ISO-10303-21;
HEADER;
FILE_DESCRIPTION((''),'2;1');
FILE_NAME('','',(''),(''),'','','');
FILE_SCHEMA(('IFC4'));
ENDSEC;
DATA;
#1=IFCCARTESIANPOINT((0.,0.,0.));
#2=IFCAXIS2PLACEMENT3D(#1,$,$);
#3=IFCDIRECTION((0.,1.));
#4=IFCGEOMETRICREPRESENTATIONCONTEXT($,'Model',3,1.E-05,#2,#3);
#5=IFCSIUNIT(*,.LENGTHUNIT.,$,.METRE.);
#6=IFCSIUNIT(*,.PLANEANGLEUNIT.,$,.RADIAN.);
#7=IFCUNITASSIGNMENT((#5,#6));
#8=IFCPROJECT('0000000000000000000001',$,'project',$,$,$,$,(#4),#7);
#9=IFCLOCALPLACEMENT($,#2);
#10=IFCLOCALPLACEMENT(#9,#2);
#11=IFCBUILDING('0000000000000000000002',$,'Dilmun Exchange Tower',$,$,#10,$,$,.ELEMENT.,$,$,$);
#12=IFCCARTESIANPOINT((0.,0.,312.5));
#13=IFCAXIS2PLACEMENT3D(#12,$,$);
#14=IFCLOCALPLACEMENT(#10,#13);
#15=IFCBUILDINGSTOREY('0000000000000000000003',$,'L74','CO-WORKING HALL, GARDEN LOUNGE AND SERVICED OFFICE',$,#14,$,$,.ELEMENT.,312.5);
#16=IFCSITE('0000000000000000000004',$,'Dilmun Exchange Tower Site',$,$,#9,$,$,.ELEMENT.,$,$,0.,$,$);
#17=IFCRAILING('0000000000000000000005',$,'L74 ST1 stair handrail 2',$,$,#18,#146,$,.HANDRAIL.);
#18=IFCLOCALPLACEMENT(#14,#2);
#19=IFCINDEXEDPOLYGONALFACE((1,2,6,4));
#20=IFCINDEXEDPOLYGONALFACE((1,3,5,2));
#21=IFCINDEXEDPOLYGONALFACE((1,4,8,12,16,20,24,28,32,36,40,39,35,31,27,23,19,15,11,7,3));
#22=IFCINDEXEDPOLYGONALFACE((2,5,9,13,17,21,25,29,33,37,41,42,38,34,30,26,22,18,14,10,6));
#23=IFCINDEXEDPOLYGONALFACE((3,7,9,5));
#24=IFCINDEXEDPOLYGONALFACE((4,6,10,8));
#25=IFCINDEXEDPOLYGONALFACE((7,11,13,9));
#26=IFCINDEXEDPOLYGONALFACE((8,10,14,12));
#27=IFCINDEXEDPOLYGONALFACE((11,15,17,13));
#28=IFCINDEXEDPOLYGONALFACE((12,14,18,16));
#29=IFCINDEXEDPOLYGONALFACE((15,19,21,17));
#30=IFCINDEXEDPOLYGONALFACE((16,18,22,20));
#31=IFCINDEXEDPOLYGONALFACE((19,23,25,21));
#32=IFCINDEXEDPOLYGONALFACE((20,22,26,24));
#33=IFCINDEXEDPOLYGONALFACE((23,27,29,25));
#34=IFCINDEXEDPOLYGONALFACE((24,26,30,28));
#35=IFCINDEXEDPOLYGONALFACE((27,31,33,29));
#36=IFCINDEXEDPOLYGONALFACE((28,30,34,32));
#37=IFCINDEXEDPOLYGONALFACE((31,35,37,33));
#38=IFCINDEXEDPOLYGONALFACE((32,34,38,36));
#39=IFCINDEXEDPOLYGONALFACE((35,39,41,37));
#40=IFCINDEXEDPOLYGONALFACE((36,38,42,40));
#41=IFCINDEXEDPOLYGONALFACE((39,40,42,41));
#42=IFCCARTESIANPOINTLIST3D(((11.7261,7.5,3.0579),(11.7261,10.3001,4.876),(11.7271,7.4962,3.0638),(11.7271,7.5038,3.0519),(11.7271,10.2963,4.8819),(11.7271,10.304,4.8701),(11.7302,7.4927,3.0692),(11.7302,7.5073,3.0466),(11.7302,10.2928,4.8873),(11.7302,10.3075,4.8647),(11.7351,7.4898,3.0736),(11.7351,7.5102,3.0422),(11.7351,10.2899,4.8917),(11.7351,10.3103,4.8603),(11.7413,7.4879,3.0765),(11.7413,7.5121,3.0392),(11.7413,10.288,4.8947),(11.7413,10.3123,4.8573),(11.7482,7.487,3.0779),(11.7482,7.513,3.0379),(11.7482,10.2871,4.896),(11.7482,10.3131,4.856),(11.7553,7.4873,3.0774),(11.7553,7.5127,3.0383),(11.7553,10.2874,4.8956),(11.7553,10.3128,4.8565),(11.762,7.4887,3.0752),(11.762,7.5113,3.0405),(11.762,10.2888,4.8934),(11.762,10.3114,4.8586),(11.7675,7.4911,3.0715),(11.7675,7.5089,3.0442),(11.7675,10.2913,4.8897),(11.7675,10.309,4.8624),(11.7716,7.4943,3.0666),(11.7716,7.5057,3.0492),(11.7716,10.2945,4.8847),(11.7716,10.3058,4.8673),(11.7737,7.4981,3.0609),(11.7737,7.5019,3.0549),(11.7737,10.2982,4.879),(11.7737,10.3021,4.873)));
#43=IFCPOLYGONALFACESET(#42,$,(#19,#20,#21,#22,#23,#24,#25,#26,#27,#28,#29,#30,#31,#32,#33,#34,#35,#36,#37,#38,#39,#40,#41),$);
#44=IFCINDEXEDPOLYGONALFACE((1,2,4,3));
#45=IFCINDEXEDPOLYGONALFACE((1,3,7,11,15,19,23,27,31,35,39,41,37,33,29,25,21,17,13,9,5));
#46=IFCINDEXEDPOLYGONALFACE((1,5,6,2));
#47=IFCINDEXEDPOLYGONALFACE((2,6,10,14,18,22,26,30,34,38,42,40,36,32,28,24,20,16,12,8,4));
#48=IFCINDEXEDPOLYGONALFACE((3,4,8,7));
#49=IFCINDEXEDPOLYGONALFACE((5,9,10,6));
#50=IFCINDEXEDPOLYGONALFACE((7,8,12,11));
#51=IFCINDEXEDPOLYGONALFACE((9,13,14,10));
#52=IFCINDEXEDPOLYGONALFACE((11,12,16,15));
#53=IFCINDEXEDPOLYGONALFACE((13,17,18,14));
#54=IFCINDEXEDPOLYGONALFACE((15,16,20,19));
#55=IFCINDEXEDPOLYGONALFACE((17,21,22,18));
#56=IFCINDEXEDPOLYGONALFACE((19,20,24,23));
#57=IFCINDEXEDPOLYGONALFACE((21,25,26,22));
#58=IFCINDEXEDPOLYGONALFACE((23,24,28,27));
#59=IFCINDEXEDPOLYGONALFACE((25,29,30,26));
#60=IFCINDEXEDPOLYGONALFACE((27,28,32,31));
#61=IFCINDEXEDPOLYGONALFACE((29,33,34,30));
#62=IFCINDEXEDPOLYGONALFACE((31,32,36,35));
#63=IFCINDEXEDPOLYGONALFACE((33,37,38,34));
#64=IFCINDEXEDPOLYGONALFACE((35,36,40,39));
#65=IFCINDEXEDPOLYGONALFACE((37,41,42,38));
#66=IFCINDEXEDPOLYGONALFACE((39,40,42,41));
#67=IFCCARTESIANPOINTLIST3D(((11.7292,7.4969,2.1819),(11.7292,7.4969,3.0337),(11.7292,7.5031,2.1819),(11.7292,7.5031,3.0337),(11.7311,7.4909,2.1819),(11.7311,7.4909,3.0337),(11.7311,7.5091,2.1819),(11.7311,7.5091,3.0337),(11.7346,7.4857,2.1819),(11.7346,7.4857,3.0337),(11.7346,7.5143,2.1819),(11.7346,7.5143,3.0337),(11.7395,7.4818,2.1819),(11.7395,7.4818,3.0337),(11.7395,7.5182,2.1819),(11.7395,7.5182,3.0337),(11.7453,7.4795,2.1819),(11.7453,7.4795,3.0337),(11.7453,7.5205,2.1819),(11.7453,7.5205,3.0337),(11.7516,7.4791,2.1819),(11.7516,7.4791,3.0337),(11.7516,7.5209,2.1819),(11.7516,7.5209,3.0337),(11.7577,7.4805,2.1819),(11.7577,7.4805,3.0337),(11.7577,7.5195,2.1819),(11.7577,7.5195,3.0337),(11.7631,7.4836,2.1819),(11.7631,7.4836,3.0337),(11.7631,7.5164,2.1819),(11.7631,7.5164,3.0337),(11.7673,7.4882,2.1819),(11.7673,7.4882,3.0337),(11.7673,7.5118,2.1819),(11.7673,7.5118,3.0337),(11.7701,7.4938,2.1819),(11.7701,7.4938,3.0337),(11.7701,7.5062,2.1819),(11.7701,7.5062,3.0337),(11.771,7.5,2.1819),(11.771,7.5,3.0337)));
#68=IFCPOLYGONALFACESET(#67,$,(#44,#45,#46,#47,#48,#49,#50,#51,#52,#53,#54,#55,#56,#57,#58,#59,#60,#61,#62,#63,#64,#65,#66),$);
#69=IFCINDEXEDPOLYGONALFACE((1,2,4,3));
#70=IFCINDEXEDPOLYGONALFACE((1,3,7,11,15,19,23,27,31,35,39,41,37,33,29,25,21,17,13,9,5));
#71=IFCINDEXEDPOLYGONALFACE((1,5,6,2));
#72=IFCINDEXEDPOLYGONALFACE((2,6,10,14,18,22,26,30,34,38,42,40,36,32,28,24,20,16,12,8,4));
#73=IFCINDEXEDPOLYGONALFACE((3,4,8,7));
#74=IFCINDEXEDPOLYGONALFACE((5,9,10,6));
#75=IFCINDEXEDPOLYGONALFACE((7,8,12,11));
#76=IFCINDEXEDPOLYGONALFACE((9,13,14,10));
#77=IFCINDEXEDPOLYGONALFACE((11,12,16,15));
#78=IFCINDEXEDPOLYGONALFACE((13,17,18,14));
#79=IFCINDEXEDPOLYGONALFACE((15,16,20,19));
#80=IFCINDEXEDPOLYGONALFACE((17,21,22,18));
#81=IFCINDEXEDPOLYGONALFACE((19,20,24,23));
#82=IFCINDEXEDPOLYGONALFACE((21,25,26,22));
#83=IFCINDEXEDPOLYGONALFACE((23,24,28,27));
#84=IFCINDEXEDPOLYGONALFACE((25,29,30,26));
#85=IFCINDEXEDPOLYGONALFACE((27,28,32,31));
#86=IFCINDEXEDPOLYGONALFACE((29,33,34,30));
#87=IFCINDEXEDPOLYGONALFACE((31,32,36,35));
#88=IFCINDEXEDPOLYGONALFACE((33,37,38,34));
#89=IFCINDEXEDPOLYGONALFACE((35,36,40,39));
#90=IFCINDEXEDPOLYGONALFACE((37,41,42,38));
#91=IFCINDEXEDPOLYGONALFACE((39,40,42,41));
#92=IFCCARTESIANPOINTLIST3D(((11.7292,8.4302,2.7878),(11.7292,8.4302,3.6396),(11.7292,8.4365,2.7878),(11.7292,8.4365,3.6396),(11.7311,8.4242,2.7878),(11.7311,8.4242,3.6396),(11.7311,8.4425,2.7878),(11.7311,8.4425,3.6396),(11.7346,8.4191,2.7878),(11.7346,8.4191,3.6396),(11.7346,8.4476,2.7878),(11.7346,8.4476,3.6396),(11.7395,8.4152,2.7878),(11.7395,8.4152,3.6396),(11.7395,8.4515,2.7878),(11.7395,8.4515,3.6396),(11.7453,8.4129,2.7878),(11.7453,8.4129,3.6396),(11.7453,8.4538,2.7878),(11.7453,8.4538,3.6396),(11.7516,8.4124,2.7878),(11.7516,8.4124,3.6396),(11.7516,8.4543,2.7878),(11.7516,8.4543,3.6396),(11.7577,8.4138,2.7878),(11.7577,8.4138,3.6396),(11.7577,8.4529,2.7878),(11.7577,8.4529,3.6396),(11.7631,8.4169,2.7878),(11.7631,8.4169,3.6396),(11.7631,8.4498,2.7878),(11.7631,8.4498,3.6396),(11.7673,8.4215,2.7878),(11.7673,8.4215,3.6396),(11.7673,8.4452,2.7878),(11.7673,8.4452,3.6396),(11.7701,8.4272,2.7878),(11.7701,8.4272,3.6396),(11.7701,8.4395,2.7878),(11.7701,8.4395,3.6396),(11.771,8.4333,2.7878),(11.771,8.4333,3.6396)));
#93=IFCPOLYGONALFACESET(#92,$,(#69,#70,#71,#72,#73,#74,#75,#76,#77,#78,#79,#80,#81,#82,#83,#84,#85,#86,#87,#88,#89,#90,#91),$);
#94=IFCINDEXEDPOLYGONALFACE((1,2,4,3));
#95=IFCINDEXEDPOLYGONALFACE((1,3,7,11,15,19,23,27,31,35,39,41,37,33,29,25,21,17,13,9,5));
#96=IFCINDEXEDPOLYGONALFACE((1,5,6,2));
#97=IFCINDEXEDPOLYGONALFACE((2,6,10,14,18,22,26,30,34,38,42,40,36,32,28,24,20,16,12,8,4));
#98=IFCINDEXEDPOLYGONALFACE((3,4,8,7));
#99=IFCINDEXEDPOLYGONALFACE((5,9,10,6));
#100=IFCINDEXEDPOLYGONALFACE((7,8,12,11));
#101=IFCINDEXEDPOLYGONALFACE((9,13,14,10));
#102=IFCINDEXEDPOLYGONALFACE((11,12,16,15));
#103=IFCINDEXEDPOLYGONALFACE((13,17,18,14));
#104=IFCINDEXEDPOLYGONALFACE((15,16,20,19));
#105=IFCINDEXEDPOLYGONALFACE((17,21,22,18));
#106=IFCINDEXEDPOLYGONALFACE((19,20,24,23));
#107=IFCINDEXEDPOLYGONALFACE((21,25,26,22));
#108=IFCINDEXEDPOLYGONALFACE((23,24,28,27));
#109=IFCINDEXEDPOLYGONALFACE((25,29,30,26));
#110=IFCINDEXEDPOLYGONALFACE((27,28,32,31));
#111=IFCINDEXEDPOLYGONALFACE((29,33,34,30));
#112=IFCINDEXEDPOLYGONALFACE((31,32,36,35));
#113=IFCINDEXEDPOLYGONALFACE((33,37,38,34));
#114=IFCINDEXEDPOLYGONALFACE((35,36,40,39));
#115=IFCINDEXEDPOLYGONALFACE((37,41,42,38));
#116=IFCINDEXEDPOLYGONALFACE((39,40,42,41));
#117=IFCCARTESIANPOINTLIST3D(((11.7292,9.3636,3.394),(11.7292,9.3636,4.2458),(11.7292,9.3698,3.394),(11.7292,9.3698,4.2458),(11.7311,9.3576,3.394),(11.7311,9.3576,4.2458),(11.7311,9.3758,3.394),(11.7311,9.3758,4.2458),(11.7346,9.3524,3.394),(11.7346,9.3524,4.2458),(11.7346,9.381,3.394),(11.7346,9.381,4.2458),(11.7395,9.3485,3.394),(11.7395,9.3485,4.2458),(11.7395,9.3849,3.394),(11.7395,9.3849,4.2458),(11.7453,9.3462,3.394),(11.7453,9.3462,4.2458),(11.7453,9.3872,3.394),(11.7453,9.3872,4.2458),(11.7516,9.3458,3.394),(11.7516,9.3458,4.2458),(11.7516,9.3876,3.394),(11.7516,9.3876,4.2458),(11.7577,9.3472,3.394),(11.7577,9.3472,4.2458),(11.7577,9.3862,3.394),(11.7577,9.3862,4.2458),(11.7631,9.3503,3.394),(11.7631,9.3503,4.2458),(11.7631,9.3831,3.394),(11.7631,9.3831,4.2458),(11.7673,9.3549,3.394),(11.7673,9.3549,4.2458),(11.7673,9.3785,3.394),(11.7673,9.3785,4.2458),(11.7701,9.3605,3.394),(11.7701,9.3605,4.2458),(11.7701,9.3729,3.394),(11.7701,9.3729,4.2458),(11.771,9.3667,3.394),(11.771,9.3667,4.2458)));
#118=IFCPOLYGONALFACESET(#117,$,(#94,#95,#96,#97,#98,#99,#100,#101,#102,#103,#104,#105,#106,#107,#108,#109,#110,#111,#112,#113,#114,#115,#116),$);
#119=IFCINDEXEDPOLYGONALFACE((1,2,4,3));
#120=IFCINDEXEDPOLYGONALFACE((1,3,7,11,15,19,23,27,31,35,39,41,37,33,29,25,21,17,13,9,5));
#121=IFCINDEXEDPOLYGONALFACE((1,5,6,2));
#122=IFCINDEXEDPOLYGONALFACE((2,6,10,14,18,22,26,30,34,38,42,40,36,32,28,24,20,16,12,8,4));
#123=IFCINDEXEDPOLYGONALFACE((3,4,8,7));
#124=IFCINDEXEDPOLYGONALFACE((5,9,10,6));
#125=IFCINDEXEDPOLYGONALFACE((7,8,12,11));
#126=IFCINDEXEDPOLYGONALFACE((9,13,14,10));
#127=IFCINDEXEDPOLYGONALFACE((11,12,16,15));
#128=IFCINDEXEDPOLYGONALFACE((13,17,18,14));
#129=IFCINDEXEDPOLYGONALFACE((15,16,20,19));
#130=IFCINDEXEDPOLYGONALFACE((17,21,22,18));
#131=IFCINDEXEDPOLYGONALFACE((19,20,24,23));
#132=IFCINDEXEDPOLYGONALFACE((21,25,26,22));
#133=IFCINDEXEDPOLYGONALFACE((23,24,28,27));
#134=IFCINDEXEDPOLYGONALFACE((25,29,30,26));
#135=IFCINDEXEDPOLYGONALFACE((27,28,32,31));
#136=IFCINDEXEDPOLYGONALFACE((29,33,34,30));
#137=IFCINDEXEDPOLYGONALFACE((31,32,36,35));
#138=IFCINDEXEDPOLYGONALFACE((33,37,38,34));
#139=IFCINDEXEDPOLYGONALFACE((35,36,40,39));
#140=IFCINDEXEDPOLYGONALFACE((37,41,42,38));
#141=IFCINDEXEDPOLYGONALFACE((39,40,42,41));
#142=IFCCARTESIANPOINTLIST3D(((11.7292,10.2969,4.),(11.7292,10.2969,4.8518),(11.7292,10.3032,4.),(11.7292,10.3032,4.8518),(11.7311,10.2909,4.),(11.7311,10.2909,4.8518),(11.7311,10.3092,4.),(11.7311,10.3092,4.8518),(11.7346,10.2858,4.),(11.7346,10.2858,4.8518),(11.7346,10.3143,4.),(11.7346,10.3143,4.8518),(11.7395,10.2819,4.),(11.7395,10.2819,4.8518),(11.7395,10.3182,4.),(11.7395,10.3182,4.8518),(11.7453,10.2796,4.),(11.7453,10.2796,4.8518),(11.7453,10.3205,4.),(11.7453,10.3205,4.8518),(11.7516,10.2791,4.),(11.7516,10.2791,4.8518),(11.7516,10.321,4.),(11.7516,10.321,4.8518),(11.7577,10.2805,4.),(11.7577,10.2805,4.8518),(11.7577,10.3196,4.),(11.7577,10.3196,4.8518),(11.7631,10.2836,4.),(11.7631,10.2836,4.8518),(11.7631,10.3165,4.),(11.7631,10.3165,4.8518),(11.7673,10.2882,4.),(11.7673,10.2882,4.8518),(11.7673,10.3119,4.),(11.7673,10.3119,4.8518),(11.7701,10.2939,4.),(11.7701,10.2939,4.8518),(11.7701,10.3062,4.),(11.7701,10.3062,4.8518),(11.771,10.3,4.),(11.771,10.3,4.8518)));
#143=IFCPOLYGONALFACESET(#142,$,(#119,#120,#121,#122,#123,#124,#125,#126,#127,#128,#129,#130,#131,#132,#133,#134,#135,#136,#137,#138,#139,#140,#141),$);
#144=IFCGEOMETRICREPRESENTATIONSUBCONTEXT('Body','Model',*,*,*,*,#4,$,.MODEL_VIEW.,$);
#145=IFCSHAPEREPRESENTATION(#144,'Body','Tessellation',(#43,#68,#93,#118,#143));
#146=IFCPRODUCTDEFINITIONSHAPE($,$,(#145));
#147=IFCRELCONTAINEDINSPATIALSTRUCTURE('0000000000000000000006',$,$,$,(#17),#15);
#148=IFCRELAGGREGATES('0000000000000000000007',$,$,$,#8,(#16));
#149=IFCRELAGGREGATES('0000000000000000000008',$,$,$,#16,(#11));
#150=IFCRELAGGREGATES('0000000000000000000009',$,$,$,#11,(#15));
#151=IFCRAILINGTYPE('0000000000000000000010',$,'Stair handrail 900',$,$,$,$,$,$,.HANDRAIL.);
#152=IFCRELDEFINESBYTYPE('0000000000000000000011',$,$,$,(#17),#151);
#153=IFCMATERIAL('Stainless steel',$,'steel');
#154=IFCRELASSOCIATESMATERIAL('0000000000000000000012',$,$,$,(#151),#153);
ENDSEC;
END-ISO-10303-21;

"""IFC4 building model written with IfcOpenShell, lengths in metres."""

from ifc_helpers import new_model, si_unit, direction, frame, origin, origin_2d, place, context, subcontext, project, spatial, circle, extrude, material, type_object, element, save


model = new_model("IFC4")

# Units and contexts
model_context = context("Model", 3, precision=1e-05, world=origin(), true_north=direction((0.0, 1.0)))
body_context = subcontext(model_context, "Body", "Model", "MODEL_VIEW")
ifc_project = project(units=[si_unit("LENGTHUNIT", "METRE"), si_unit("PLANEANGLEUNIT", "RADIAN")], contexts=[model_context])

# Site, building, storey
site_placement = place(None, origin())
site = spatial("IfcSite", under=ifc_project, at=site_placement, Name="Dilmun Exchange Tower Site", CompositionType="ELEMENT", RefElevation=0.0)
building_placement = place(site_placement, origin())
building = spatial("IfcBuilding", under=site, at=building_placement, Name="Dilmun Exchange Tower", CompositionType="ELEMENT")
storey_placement = place(building_placement, frame((0.0, 0.0, 312.5)))
storey = spatial("IfcBuildingStorey", under=building, at=storey_placement, Name="L74", Description="CO-WORKING HALL, GARDEN LOUNGE AND SERVICED OFFICE", CompositionType="ELEMENT", Elevation=312.5)

# Railing
ifc_material_1 = material(Name="Stainless steel", Category="steel")
railing_type = type_object("IfcRailingType", Name="Stair handrail 900", PredefinedType="HANDRAIL", material=ifc_material_1)
railing_1_placement = place(storey_placement, frame((11.75, 7.5, 2.1819)))
element("IfcRailing", 1, at=railing_1_placement, inside=storey, type_object=railing_type, Name="L74 ST1 stair handrail 2", PredefinedType="HANDRAIL", context=body_context, shape_type="SweptSolid", body=[
    extrude(circle(Radius=0.0239, at=origin_2d()), frame((0.0, 0.0, 0.876), z_axis=(0.0, 0.838706, 0.544585), x_axis=(-1.0, 0.0, 0.0)), (0.0, 0.0, 1.0), 3.3386),
    extrude(circle(Radius=0.021, at=origin_2d()), origin(), (0.0, 0.0, 1.0), 0.8518),
    extrude(circle(Radius=0.021, at=origin_2d()), frame((0.0, 0.9333, 0.606)), (0.0, 0.0, 1.0), 0.8518),
    extrude(circle(Radius=0.021, at=origin_2d()), frame((0.0, 1.8667, 1.2122)), (0.0, 0.0, 1.0), 0.8518),
    extrude(circle(Radius=0.021, at=origin_2d()), frame((0.0, 2.8, 1.8181)), (0.0, 0.0, 1.0), 0.8518),
])

save(model, "model.ifc")
